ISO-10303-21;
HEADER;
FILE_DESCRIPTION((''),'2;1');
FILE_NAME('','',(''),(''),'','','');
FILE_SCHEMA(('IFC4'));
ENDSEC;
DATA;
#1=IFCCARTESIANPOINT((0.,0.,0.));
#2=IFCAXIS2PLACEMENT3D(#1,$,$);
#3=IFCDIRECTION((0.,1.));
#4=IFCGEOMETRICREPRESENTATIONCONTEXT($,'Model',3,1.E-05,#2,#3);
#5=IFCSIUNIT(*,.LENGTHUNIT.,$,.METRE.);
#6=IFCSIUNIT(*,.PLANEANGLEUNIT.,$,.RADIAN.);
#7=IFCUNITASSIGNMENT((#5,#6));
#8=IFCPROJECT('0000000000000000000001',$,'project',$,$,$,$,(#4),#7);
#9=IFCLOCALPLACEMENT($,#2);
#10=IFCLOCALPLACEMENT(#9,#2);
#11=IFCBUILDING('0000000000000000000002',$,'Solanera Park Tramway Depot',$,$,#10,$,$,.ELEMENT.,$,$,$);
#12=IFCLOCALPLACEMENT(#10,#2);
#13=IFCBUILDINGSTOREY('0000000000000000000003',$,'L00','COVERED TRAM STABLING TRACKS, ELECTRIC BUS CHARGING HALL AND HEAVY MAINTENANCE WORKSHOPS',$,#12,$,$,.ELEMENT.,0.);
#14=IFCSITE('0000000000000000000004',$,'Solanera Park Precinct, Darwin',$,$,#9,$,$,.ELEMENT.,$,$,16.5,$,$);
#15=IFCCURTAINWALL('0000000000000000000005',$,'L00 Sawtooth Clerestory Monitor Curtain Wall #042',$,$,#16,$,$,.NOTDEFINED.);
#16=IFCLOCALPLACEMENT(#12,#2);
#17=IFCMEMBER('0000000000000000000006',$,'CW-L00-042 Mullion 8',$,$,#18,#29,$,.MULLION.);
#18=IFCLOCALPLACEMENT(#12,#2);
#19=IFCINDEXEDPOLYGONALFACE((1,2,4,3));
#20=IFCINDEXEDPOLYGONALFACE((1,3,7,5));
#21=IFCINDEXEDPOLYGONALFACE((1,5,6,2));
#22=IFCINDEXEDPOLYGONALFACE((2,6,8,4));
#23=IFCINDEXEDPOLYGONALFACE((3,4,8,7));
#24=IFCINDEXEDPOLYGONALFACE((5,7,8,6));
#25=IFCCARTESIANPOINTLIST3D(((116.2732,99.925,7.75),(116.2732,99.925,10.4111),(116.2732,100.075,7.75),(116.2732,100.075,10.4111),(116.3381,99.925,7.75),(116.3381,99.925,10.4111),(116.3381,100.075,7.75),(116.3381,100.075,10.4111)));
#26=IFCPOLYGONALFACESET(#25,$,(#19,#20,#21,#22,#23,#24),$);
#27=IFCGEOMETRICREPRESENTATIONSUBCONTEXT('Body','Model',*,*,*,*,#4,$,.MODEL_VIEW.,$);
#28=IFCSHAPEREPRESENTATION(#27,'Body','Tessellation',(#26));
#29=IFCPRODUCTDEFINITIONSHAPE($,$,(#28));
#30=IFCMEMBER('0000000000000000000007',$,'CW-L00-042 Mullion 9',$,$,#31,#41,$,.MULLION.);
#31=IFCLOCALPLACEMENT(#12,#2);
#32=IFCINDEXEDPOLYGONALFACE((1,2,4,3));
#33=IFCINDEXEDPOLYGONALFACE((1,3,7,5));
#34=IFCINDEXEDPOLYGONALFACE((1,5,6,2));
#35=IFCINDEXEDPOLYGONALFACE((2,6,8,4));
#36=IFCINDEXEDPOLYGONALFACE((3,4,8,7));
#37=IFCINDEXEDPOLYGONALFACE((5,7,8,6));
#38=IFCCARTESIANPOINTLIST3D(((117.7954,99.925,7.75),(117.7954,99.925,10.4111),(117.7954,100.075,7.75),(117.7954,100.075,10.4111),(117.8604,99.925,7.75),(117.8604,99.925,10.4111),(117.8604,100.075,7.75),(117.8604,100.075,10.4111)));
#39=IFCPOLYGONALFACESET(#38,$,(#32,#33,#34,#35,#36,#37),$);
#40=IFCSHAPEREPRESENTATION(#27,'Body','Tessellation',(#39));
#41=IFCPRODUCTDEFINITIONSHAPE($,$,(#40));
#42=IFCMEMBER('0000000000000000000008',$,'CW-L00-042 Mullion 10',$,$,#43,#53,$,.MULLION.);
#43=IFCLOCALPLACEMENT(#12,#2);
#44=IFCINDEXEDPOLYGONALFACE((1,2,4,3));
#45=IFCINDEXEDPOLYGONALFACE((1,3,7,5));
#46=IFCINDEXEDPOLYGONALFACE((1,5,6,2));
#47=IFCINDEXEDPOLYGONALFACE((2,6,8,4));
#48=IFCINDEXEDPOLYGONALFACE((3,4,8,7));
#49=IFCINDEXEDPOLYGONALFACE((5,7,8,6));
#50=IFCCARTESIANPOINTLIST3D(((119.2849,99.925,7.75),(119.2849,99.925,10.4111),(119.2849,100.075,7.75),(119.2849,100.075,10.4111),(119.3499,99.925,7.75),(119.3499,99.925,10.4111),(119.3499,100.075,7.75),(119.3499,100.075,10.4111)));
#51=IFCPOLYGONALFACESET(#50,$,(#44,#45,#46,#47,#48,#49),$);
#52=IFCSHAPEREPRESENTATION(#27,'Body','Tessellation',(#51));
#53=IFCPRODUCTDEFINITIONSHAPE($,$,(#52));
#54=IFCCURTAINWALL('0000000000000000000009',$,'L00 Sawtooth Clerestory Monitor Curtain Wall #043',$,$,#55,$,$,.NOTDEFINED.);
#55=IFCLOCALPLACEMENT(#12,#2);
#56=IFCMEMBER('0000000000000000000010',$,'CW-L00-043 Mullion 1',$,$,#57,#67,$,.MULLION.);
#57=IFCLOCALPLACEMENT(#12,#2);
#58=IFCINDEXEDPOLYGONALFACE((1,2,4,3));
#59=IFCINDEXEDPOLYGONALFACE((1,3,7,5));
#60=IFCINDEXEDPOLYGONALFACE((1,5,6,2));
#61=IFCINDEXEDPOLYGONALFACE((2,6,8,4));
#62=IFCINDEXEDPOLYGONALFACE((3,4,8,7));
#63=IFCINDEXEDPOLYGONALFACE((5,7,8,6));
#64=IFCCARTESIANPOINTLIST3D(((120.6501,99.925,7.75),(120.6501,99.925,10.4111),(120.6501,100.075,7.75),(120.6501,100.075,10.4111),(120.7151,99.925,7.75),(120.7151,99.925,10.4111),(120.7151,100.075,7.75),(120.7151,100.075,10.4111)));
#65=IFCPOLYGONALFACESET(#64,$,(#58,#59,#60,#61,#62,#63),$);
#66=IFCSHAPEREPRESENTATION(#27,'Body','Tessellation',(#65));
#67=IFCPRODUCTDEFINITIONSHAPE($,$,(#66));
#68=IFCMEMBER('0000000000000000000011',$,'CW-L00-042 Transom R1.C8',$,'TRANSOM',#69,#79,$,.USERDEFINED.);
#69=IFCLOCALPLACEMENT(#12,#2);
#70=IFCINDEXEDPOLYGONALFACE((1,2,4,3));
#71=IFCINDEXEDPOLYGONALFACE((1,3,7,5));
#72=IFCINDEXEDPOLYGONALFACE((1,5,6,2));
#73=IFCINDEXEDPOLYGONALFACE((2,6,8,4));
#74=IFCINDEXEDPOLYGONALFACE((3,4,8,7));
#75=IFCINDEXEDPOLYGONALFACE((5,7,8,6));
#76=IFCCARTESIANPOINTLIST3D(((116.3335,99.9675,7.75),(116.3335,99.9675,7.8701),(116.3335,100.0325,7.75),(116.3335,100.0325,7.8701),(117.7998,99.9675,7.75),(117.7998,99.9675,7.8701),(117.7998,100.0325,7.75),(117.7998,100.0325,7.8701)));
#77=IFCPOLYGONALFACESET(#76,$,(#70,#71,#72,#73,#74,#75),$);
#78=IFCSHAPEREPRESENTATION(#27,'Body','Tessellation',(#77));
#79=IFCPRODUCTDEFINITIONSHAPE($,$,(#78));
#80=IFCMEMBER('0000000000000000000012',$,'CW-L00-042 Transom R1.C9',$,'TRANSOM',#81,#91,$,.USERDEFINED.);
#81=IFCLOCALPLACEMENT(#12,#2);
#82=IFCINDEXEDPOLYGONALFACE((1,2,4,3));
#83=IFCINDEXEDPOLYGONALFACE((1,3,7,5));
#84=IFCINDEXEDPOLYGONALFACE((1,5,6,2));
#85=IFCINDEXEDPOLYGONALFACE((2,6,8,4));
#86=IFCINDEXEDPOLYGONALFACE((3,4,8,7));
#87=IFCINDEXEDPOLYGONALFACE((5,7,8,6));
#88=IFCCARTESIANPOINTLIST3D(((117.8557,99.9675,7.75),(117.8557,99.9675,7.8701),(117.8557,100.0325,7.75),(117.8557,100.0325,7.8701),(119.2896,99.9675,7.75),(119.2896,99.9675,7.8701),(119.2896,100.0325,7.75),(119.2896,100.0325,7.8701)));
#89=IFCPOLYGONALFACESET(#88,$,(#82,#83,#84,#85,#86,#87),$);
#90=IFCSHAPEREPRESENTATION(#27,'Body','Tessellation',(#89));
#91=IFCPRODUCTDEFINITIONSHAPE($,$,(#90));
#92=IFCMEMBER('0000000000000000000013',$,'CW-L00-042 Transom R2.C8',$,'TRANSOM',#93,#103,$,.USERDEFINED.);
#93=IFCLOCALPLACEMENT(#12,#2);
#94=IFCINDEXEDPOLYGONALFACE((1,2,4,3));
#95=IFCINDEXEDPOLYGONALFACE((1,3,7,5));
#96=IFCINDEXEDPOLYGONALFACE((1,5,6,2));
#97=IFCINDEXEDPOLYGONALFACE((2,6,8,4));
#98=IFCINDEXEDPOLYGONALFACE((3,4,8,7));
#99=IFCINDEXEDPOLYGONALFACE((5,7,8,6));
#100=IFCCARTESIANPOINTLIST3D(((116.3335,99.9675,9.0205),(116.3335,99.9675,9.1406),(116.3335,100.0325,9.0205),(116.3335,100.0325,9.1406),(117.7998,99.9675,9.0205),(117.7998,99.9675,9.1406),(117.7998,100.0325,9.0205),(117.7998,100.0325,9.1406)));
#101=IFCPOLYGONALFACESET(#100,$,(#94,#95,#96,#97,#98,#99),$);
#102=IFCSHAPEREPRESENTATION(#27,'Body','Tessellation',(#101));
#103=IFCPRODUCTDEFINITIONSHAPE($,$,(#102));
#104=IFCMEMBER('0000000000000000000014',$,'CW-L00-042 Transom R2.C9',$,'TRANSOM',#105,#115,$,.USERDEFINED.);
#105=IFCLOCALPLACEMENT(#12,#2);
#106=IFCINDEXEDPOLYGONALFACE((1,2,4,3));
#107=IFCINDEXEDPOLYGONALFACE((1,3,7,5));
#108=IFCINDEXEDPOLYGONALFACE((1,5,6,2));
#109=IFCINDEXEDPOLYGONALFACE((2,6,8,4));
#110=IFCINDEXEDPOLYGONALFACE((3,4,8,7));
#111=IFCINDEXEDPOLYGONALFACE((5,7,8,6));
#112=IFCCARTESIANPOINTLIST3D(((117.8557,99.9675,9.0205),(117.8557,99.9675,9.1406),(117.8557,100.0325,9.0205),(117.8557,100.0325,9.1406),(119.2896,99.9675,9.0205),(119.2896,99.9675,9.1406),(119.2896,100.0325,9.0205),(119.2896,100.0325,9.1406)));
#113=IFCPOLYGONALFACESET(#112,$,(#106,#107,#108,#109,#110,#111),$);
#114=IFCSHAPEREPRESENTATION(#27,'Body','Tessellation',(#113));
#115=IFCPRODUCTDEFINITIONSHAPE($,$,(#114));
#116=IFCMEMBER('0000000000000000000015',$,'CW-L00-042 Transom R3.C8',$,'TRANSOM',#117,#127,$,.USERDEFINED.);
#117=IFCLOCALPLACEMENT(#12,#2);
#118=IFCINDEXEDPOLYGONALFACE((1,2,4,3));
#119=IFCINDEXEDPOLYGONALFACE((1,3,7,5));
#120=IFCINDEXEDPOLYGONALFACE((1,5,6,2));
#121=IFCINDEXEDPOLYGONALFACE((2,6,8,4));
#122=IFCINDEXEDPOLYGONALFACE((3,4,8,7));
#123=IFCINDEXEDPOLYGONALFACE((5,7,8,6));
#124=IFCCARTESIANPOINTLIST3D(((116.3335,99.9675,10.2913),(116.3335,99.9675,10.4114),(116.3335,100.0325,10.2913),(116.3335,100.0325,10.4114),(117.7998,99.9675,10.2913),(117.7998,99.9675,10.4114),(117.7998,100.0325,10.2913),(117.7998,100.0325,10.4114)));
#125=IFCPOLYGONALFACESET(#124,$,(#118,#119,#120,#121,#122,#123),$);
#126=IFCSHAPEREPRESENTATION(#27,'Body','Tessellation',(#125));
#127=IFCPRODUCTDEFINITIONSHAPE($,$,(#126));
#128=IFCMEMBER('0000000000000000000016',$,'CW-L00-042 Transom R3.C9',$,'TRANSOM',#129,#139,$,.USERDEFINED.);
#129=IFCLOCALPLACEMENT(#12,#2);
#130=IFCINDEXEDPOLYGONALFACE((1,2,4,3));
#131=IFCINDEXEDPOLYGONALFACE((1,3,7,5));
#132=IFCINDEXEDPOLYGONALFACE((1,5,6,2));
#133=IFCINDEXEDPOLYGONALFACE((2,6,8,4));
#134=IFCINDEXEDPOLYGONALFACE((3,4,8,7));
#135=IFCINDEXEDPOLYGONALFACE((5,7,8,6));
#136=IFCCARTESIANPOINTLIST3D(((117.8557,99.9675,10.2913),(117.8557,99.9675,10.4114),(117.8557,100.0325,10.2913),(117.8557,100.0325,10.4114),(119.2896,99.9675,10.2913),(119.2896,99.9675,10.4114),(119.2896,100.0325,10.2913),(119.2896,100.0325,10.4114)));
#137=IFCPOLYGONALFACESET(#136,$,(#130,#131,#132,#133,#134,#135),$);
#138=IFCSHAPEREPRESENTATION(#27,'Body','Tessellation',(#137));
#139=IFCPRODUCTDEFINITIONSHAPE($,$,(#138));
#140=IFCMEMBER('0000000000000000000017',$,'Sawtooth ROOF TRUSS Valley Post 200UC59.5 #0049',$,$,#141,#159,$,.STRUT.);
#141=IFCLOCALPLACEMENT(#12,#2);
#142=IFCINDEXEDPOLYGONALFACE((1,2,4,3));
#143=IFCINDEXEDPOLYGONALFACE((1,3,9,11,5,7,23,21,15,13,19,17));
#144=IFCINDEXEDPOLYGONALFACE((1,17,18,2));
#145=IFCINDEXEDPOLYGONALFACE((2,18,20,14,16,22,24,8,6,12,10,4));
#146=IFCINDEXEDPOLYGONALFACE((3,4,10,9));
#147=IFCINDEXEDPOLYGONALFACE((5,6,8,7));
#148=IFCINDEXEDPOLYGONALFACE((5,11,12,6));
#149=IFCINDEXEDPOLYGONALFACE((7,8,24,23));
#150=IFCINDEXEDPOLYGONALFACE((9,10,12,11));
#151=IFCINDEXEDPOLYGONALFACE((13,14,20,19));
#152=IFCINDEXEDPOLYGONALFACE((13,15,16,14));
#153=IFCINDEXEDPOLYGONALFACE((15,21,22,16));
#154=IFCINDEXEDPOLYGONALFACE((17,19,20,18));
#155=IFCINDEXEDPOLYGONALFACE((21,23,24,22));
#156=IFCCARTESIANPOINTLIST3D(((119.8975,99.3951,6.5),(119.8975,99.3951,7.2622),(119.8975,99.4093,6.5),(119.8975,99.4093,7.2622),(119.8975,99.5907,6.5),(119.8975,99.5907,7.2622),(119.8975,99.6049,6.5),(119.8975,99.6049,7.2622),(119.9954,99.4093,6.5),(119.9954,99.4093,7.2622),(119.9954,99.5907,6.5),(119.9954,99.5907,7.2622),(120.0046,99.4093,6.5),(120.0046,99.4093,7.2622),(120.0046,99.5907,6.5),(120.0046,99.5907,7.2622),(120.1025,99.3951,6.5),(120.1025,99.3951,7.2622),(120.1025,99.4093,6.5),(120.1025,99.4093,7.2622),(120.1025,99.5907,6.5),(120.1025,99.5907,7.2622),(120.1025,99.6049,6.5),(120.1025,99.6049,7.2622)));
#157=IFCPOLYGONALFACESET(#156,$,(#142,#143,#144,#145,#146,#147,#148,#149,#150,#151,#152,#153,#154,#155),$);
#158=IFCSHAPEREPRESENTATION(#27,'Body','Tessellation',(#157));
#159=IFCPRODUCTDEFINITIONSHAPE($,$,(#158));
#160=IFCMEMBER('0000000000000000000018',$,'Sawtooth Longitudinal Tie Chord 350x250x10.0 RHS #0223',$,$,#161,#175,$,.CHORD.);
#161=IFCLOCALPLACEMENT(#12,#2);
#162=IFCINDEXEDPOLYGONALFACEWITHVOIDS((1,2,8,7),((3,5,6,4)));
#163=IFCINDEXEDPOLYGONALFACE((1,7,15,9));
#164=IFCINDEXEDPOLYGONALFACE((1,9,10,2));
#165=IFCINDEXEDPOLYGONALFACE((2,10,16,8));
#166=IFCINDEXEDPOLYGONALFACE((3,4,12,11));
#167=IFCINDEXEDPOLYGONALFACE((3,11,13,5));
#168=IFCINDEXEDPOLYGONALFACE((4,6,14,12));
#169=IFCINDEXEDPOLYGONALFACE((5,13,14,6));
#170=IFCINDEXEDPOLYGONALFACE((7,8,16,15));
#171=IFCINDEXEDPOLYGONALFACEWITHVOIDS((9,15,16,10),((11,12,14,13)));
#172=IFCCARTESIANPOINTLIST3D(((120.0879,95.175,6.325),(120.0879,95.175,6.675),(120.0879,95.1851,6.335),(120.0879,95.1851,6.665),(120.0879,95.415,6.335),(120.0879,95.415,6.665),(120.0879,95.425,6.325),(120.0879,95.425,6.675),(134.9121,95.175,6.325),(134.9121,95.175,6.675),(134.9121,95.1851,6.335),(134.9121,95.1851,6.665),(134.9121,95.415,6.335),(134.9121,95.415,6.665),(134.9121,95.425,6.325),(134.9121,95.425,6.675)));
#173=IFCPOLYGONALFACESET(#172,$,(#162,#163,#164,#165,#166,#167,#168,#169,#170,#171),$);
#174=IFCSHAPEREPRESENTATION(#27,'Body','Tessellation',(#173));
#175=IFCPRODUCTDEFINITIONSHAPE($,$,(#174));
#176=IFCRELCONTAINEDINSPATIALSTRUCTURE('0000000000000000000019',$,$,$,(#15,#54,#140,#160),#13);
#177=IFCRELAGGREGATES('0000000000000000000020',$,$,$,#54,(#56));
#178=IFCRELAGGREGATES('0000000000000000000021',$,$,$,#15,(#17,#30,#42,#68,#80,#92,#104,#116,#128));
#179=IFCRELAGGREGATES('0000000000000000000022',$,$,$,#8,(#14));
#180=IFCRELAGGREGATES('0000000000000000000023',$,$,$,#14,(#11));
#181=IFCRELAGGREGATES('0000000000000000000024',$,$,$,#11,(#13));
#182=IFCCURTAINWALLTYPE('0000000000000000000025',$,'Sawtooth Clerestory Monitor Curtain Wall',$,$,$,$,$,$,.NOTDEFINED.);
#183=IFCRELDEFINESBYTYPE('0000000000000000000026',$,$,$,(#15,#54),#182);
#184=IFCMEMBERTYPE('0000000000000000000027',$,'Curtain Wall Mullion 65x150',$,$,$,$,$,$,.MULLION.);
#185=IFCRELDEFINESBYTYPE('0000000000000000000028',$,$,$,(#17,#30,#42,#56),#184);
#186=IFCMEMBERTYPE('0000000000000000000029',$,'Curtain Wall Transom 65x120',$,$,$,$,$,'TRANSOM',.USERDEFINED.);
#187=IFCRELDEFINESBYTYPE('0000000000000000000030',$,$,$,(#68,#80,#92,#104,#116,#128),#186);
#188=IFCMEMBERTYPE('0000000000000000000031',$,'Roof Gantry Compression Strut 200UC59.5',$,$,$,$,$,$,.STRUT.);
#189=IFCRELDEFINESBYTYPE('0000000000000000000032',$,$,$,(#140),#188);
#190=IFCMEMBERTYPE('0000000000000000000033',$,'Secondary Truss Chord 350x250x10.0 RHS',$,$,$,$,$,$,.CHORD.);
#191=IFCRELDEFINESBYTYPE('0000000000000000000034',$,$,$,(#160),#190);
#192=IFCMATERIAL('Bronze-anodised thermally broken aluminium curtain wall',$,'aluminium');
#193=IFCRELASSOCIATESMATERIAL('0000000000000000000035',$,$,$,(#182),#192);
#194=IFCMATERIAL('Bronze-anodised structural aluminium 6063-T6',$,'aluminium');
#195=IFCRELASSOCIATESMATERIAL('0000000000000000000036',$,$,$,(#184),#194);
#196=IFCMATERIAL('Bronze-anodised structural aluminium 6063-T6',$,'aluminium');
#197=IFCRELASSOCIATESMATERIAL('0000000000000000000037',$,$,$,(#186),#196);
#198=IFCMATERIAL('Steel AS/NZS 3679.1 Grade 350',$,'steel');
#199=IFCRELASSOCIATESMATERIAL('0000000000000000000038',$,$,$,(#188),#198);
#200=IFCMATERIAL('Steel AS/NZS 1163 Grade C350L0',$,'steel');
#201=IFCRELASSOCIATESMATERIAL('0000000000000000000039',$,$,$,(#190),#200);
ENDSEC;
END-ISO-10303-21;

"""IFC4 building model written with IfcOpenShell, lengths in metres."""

from ifc_helpers import new_model, si_unit, direction, frame, origin, origin_2d, place, context, subcontext, project, spatial, rectangle, hollow_rectangle, i_section, extrude, material, material_profile, profile_set, type_object, element, aggregate, save


model = new_model("IFC4")

# Units and contexts
model_context = context("Model", 3, precision=1e-05, world=origin(), true_north=direction((0.0, 1.0)))
body_context = subcontext(model_context, "Body", "Model", "MODEL_VIEW")
ifc_project = project(units=[si_unit("LENGTHUNIT", "METRE"), si_unit("PLANEANGLEUNIT", "RADIAN")], contexts=[model_context])

# Site, building, storey
site_placement = place(None, origin())
site = spatial("IfcSite", under=ifc_project, at=site_placement, Name="Solanera Park Precinct, Darwin", CompositionType="ELEMENT", RefElevation=16.5)
building_placement = place(site_placement, origin())
building = spatial("IfcBuilding", under=site, at=building_placement, Name="Solanera Park Tramway Depot", CompositionType="ELEMENT")
storey_placement = place(building_placement, origin())
storey = spatial("IfcBuildingStorey", under=building, at=storey_placement, Name="L00", Description="COVERED TRAM STABLING TRACKS, ELECTRIC BUS CHARGING HALL AND HEAVY MAINTENANCE WORKSHOPS", CompositionType="ELEMENT", Elevation=0.0)

# Curtain wall, members
ifc_material_1 = material(Name="Bronze-anodised thermally broken aluminium curtain wall", Category="aluminium")
curtain_wall_type = type_object("IfcCurtainWallType", Name="Sawtooth Clerestory Monitor Curtain Wall", PredefinedType="NOTDEFINED", material=ifc_material_1)
curtain_wall_1_placement = place(storey_placement, origin())
curtain_wall_1 = element("IfcCurtainWall", 1, at=curtain_wall_1_placement, inside=storey, type_object=curtain_wall_type, Name="L00 Sawtooth Clerestory Monitor Curtain Wall #042", PredefinedType="NOTDEFINED")
ifc_material_2 = material(Name="Bronze-anodised structural aluminium 6063-T6", Category="aluminium")
ifc_material_profile_1 = material_profile(ifc_material_2, rectangle(XDim=0.0649, YDim=0.1499, at=origin_2d()), Name="Curtain Wall Mullion 65x150")
ifc_profile_set_1 = profile_set([ifc_material_profile_1], Name="Bronze-anodised structural aluminium 6063-T6")
member_type_1 = type_object("IfcMemberType", Name="Curtain Wall Mullion 65x150", PredefinedType="MULLION", material=ifc_profile_set_1)
member_1_placement = place(storey_placement, frame((116.3057, 100.0, 7.75), z_axis=(0.0, 0.0, 1.0), x_axis=(1.0, 0.0, 0.0)))
member_1 = element("IfcMember", 2, at=member_1_placement, type_object=member_type_1, Name="CW-L00-042 Mullion 8", PredefinedType="MULLION", context=body_context, shape_type="SweptSolid", body=[
    extrude(rectangle(XDim=0.0649, YDim=0.1499, at=origin_2d()), origin(), (0.0, 0.0, 1.0), 2.6611),
])
member_2_placement = place(storey_placement, frame((117.8279, 100.0, 7.75), z_axis=(0.0, 0.0, 1.0), x_axis=(1.0, 0.0, 0.0)))
member_2 = element("IfcMember", 3, at=member_2_placement, type_object=member_type_1, Name="CW-L00-042 Mullion 9", PredefinedType="MULLION", context=body_context, shape_type="SweptSolid", body=[
    extrude(rectangle(XDim=0.0649, YDim=0.1499, at=origin_2d()), origin(), (0.0, 0.0, 1.0), 2.6611),
])
member_3_placement = place(storey_placement, frame((119.3174, 100.0, 7.75), z_axis=(0.0, 0.0, 1.0), x_axis=(1.0, 0.0, 0.0)))
member_3 = element("IfcMember", 4, at=member_3_placement, type_object=member_type_1, Name="CW-L00-042 Mullion 10", PredefinedType="MULLION", context=body_context, shape_type="SweptSolid", body=[
    extrude(rectangle(XDim=0.0649, YDim=0.1499, at=origin_2d()), origin(), (0.0, 0.0, 1.0), 2.6611),
])

# Curtain wall, member
curtain_wall_2_placement = place(storey_placement, origin())
curtain_wall_2 = element("IfcCurtainWall", 5, at=curtain_wall_2_placement, inside=storey, type_object=curtain_wall_type, Name="L00 Sawtooth Clerestory Monitor Curtain Wall #043", PredefinedType="NOTDEFINED")
member_4_placement = place(storey_placement, frame((120.6826, 100.0, 7.75), z_axis=(0.0, 0.0, 1.0), x_axis=(1.0, 0.0, 0.0)))
member_4 = element("IfcMember", 6, at=member_4_placement, type_object=member_type_1, Name="CW-L00-043 Mullion 1", PredefinedType="MULLION", context=body_context, shape_type="SweptSolid", body=[
    extrude(rectangle(XDim=0.0649, YDim=0.1499, at=origin_2d()), origin(), (0.0, 0.0, 1.0), 2.6611),
])
aggregate(curtain_wall_2, [member_4])

# Members
ifc_material_3 = material(Name="Bronze-anodised structural aluminium 6063-T6", Category="aluminium")
ifc_material_profile_2 = material_profile(ifc_material_3, rectangle(XDim=0.0649, YDim=0.1201, at=origin_2d()), Name="Curtain Wall Transom 65x120")
ifc_profile_set_2 = profile_set([ifc_material_profile_2], Name="Bronze-anodised structural aluminium 6063-T6")
member_type_2 = type_object("IfcMemberType", Name="Curtain Wall Transom 65x120", ElementType="TRANSOM", PredefinedType="USERDEFINED", material=ifc_profile_set_2)
member_5_placement = place(storey_placement, frame((116.3335, 100.0, 7.8101), z_axis=(1.0, 0.0, 0.0), x_axis=(0.0, 1.0, 0.0)))
member_5 = element("IfcMember", 7, at=member_5_placement, type_object=member_type_2, Name="CW-L00-042 Transom R1.C8", ObjectType="TRANSOM", PredefinedType="USERDEFINED", context=body_context, shape_type="SweptSolid", body=[
    extrude(rectangle(XDim=0.0649, YDim=0.1201, at=origin_2d()), origin(), (0.0, 0.0, 1.0), 1.4663),
])
member_6_placement = place(storey_placement, frame((117.8557, 100.0, 7.8101), z_axis=(1.0, 0.0, 0.0), x_axis=(0.0, 1.0, 0.0)))
member_6 = element("IfcMember", 8, at=member_6_placement, type_object=member_type_2, Name="CW-L00-042 Transom R1.C9", ObjectType="TRANSOM", PredefinedType="USERDEFINED", context=body_context, shape_type="SweptSolid", body=[
    extrude(rectangle(XDim=0.0649, YDim=0.1201, at=origin_2d()), origin(), (0.0, 0.0, 1.0), 1.4338),
])
member_7_placement = place(storey_placement, frame((116.3335, 100.0, 9.0806), z_axis=(1.0, 0.0, 0.0), x_axis=(0.0, 1.0, 0.0)))
member_7 = element("IfcMember", 9, at=member_7_placement, type_object=member_type_2, Name="CW-L00-042 Transom R2.C8", ObjectType="TRANSOM", PredefinedType="USERDEFINED", context=body_context, shape_type="SweptSolid", body=[
    extrude(rectangle(XDim=0.0649, YDim=0.1201, at=origin_2d()), origin(), (0.0, 0.0, 1.0), 1.4663),
])
member_8_placement = place(storey_placement, frame((117.8557, 100.0, 9.0806), z_axis=(1.0, 0.0, 0.0), x_axis=(0.0, 1.0, 0.0)))
member_8 = element("IfcMember", 10, at=member_8_placement, type_object=member_type_2, Name="CW-L00-042 Transom R2.C9", ObjectType="TRANSOM", PredefinedType="USERDEFINED", context=body_context, shape_type="SweptSolid", body=[
    extrude(rectangle(XDim=0.0649, YDim=0.1201, at=origin_2d()), origin(), (0.0, 0.0, 1.0), 1.4338),
])
member_9_placement = place(storey_placement, frame((116.3335, 100.0, 10.3513), z_axis=(1.0, 0.0, 0.0), x_axis=(0.0, 1.0, 0.0)))
member_9 = element("IfcMember", 11, at=member_9_placement, type_object=member_type_2, Name="CW-L00-042 Transom R3.C8", ObjectType="TRANSOM", PredefinedType="USERDEFINED", context=body_context, shape_type="SweptSolid", body=[
    extrude(rectangle(XDim=0.0649, YDim=0.1201, at=origin_2d()), origin(), (0.0, 0.0, 1.0), 1.4663),
])
member_10_placement = place(storey_placement, frame((117.8557, 100.0, 10.3513), z_axis=(1.0, 0.0, 0.0), x_axis=(0.0, 1.0, 0.0)))
member_10 = element("IfcMember", 12, at=member_10_placement, type_object=member_type_2, Name="CW-L00-042 Transom R3.C9", ObjectType="TRANSOM", PredefinedType="USERDEFINED", context=body_context, shape_type="SweptSolid", body=[
    extrude(rectangle(XDim=0.0649, YDim=0.1201, at=origin_2d()), origin(), (0.0, 0.0, 1.0), 1.4338),
])

# Members
ifc_material_4 = material(Name="Steel AS/NZS 3679.1 Grade 350", Category="steel")
ifc_material_profile_3 = material_profile(ifc_material_4, i_section(OverallWidth=0.2051, OverallDepth=0.2097, WebThickness=0.0093, FlangeThickness=0.0142, at=origin_2d()), Name="200UC59.5")
ifc_profile_set_3 = profile_set([ifc_material_profile_3], Name="Steel AS/NZS 3679.1 Grade 350")
member_type_3 = type_object("IfcMemberType", Name="Roof Gantry Compression Strut 200UC59.5", PredefinedType="STRUT", material=ifc_profile_set_3)
member_11_placement = place(storey_placement, frame((120.0, 99.5, 6.5), z_axis=(0.0, 0.0, 1.0), x_axis=(1.0, 0.0, 0.0)))
element("IfcMember", 13, at=member_11_placement, inside=storey, type_object=member_type_3, Name="Sawtooth ROOF TRUSS Valley Post 200UC59.5 #0049", PredefinedType="STRUT", context=body_context, shape_type="SweptSolid", body=[
    extrude(i_section(OverallWidth=0.2051, OverallDepth=0.2097, WebThickness=0.0093, FlangeThickness=0.0142, at=origin_2d()), origin(), (0.0, 0.0, 1.0), 0.7622),
])
ifc_material_5 = material(Name="Steel AS/NZS 1163 Grade C350L0", Category="steel")
ifc_material_profile_4 = material_profile(ifc_material_5, hollow_rectangle(XDim=0.25, YDim=0.3501, WallThickness=0.01, at=origin_2d()), Name="350x250x10.0 RHS")
ifc_profile_set_4 = profile_set([ifc_material_profile_4], Name="Steel AS/NZS 1163 Grade C350L0")
member_type_4 = type_object("IfcMemberType", Name="Secondary Truss Chord 350x250x10.0 RHS", PredefinedType="CHORD", material=ifc_profile_set_4)
member_12_placement = place(storey_placement, frame((120.0879, 95.3, 6.5), z_axis=(1.0, 0.0, 0.0), x_axis=(0.0, 1.0, 0.0)))
element("IfcMember", 14, at=member_12_placement, inside=storey, type_object=member_type_4, Name="Sawtooth Longitudinal Tie Chord 350x250x10.0 RHS #0223", PredefinedType="CHORD", context=body_context, shape_type="SweptSolid", body=[
    extrude(hollow_rectangle(XDim=0.25, YDim=0.3501, WallThickness=0.01, at=origin_2d()), origin(), (0.0, 0.0, 1.0), 14.8242),
])

aggregate(curtain_wall_1, [member_1, member_2, member_3, member_5, member_6, member_7, member_8, member_9, member_10])

save(model, "model.ifc")
